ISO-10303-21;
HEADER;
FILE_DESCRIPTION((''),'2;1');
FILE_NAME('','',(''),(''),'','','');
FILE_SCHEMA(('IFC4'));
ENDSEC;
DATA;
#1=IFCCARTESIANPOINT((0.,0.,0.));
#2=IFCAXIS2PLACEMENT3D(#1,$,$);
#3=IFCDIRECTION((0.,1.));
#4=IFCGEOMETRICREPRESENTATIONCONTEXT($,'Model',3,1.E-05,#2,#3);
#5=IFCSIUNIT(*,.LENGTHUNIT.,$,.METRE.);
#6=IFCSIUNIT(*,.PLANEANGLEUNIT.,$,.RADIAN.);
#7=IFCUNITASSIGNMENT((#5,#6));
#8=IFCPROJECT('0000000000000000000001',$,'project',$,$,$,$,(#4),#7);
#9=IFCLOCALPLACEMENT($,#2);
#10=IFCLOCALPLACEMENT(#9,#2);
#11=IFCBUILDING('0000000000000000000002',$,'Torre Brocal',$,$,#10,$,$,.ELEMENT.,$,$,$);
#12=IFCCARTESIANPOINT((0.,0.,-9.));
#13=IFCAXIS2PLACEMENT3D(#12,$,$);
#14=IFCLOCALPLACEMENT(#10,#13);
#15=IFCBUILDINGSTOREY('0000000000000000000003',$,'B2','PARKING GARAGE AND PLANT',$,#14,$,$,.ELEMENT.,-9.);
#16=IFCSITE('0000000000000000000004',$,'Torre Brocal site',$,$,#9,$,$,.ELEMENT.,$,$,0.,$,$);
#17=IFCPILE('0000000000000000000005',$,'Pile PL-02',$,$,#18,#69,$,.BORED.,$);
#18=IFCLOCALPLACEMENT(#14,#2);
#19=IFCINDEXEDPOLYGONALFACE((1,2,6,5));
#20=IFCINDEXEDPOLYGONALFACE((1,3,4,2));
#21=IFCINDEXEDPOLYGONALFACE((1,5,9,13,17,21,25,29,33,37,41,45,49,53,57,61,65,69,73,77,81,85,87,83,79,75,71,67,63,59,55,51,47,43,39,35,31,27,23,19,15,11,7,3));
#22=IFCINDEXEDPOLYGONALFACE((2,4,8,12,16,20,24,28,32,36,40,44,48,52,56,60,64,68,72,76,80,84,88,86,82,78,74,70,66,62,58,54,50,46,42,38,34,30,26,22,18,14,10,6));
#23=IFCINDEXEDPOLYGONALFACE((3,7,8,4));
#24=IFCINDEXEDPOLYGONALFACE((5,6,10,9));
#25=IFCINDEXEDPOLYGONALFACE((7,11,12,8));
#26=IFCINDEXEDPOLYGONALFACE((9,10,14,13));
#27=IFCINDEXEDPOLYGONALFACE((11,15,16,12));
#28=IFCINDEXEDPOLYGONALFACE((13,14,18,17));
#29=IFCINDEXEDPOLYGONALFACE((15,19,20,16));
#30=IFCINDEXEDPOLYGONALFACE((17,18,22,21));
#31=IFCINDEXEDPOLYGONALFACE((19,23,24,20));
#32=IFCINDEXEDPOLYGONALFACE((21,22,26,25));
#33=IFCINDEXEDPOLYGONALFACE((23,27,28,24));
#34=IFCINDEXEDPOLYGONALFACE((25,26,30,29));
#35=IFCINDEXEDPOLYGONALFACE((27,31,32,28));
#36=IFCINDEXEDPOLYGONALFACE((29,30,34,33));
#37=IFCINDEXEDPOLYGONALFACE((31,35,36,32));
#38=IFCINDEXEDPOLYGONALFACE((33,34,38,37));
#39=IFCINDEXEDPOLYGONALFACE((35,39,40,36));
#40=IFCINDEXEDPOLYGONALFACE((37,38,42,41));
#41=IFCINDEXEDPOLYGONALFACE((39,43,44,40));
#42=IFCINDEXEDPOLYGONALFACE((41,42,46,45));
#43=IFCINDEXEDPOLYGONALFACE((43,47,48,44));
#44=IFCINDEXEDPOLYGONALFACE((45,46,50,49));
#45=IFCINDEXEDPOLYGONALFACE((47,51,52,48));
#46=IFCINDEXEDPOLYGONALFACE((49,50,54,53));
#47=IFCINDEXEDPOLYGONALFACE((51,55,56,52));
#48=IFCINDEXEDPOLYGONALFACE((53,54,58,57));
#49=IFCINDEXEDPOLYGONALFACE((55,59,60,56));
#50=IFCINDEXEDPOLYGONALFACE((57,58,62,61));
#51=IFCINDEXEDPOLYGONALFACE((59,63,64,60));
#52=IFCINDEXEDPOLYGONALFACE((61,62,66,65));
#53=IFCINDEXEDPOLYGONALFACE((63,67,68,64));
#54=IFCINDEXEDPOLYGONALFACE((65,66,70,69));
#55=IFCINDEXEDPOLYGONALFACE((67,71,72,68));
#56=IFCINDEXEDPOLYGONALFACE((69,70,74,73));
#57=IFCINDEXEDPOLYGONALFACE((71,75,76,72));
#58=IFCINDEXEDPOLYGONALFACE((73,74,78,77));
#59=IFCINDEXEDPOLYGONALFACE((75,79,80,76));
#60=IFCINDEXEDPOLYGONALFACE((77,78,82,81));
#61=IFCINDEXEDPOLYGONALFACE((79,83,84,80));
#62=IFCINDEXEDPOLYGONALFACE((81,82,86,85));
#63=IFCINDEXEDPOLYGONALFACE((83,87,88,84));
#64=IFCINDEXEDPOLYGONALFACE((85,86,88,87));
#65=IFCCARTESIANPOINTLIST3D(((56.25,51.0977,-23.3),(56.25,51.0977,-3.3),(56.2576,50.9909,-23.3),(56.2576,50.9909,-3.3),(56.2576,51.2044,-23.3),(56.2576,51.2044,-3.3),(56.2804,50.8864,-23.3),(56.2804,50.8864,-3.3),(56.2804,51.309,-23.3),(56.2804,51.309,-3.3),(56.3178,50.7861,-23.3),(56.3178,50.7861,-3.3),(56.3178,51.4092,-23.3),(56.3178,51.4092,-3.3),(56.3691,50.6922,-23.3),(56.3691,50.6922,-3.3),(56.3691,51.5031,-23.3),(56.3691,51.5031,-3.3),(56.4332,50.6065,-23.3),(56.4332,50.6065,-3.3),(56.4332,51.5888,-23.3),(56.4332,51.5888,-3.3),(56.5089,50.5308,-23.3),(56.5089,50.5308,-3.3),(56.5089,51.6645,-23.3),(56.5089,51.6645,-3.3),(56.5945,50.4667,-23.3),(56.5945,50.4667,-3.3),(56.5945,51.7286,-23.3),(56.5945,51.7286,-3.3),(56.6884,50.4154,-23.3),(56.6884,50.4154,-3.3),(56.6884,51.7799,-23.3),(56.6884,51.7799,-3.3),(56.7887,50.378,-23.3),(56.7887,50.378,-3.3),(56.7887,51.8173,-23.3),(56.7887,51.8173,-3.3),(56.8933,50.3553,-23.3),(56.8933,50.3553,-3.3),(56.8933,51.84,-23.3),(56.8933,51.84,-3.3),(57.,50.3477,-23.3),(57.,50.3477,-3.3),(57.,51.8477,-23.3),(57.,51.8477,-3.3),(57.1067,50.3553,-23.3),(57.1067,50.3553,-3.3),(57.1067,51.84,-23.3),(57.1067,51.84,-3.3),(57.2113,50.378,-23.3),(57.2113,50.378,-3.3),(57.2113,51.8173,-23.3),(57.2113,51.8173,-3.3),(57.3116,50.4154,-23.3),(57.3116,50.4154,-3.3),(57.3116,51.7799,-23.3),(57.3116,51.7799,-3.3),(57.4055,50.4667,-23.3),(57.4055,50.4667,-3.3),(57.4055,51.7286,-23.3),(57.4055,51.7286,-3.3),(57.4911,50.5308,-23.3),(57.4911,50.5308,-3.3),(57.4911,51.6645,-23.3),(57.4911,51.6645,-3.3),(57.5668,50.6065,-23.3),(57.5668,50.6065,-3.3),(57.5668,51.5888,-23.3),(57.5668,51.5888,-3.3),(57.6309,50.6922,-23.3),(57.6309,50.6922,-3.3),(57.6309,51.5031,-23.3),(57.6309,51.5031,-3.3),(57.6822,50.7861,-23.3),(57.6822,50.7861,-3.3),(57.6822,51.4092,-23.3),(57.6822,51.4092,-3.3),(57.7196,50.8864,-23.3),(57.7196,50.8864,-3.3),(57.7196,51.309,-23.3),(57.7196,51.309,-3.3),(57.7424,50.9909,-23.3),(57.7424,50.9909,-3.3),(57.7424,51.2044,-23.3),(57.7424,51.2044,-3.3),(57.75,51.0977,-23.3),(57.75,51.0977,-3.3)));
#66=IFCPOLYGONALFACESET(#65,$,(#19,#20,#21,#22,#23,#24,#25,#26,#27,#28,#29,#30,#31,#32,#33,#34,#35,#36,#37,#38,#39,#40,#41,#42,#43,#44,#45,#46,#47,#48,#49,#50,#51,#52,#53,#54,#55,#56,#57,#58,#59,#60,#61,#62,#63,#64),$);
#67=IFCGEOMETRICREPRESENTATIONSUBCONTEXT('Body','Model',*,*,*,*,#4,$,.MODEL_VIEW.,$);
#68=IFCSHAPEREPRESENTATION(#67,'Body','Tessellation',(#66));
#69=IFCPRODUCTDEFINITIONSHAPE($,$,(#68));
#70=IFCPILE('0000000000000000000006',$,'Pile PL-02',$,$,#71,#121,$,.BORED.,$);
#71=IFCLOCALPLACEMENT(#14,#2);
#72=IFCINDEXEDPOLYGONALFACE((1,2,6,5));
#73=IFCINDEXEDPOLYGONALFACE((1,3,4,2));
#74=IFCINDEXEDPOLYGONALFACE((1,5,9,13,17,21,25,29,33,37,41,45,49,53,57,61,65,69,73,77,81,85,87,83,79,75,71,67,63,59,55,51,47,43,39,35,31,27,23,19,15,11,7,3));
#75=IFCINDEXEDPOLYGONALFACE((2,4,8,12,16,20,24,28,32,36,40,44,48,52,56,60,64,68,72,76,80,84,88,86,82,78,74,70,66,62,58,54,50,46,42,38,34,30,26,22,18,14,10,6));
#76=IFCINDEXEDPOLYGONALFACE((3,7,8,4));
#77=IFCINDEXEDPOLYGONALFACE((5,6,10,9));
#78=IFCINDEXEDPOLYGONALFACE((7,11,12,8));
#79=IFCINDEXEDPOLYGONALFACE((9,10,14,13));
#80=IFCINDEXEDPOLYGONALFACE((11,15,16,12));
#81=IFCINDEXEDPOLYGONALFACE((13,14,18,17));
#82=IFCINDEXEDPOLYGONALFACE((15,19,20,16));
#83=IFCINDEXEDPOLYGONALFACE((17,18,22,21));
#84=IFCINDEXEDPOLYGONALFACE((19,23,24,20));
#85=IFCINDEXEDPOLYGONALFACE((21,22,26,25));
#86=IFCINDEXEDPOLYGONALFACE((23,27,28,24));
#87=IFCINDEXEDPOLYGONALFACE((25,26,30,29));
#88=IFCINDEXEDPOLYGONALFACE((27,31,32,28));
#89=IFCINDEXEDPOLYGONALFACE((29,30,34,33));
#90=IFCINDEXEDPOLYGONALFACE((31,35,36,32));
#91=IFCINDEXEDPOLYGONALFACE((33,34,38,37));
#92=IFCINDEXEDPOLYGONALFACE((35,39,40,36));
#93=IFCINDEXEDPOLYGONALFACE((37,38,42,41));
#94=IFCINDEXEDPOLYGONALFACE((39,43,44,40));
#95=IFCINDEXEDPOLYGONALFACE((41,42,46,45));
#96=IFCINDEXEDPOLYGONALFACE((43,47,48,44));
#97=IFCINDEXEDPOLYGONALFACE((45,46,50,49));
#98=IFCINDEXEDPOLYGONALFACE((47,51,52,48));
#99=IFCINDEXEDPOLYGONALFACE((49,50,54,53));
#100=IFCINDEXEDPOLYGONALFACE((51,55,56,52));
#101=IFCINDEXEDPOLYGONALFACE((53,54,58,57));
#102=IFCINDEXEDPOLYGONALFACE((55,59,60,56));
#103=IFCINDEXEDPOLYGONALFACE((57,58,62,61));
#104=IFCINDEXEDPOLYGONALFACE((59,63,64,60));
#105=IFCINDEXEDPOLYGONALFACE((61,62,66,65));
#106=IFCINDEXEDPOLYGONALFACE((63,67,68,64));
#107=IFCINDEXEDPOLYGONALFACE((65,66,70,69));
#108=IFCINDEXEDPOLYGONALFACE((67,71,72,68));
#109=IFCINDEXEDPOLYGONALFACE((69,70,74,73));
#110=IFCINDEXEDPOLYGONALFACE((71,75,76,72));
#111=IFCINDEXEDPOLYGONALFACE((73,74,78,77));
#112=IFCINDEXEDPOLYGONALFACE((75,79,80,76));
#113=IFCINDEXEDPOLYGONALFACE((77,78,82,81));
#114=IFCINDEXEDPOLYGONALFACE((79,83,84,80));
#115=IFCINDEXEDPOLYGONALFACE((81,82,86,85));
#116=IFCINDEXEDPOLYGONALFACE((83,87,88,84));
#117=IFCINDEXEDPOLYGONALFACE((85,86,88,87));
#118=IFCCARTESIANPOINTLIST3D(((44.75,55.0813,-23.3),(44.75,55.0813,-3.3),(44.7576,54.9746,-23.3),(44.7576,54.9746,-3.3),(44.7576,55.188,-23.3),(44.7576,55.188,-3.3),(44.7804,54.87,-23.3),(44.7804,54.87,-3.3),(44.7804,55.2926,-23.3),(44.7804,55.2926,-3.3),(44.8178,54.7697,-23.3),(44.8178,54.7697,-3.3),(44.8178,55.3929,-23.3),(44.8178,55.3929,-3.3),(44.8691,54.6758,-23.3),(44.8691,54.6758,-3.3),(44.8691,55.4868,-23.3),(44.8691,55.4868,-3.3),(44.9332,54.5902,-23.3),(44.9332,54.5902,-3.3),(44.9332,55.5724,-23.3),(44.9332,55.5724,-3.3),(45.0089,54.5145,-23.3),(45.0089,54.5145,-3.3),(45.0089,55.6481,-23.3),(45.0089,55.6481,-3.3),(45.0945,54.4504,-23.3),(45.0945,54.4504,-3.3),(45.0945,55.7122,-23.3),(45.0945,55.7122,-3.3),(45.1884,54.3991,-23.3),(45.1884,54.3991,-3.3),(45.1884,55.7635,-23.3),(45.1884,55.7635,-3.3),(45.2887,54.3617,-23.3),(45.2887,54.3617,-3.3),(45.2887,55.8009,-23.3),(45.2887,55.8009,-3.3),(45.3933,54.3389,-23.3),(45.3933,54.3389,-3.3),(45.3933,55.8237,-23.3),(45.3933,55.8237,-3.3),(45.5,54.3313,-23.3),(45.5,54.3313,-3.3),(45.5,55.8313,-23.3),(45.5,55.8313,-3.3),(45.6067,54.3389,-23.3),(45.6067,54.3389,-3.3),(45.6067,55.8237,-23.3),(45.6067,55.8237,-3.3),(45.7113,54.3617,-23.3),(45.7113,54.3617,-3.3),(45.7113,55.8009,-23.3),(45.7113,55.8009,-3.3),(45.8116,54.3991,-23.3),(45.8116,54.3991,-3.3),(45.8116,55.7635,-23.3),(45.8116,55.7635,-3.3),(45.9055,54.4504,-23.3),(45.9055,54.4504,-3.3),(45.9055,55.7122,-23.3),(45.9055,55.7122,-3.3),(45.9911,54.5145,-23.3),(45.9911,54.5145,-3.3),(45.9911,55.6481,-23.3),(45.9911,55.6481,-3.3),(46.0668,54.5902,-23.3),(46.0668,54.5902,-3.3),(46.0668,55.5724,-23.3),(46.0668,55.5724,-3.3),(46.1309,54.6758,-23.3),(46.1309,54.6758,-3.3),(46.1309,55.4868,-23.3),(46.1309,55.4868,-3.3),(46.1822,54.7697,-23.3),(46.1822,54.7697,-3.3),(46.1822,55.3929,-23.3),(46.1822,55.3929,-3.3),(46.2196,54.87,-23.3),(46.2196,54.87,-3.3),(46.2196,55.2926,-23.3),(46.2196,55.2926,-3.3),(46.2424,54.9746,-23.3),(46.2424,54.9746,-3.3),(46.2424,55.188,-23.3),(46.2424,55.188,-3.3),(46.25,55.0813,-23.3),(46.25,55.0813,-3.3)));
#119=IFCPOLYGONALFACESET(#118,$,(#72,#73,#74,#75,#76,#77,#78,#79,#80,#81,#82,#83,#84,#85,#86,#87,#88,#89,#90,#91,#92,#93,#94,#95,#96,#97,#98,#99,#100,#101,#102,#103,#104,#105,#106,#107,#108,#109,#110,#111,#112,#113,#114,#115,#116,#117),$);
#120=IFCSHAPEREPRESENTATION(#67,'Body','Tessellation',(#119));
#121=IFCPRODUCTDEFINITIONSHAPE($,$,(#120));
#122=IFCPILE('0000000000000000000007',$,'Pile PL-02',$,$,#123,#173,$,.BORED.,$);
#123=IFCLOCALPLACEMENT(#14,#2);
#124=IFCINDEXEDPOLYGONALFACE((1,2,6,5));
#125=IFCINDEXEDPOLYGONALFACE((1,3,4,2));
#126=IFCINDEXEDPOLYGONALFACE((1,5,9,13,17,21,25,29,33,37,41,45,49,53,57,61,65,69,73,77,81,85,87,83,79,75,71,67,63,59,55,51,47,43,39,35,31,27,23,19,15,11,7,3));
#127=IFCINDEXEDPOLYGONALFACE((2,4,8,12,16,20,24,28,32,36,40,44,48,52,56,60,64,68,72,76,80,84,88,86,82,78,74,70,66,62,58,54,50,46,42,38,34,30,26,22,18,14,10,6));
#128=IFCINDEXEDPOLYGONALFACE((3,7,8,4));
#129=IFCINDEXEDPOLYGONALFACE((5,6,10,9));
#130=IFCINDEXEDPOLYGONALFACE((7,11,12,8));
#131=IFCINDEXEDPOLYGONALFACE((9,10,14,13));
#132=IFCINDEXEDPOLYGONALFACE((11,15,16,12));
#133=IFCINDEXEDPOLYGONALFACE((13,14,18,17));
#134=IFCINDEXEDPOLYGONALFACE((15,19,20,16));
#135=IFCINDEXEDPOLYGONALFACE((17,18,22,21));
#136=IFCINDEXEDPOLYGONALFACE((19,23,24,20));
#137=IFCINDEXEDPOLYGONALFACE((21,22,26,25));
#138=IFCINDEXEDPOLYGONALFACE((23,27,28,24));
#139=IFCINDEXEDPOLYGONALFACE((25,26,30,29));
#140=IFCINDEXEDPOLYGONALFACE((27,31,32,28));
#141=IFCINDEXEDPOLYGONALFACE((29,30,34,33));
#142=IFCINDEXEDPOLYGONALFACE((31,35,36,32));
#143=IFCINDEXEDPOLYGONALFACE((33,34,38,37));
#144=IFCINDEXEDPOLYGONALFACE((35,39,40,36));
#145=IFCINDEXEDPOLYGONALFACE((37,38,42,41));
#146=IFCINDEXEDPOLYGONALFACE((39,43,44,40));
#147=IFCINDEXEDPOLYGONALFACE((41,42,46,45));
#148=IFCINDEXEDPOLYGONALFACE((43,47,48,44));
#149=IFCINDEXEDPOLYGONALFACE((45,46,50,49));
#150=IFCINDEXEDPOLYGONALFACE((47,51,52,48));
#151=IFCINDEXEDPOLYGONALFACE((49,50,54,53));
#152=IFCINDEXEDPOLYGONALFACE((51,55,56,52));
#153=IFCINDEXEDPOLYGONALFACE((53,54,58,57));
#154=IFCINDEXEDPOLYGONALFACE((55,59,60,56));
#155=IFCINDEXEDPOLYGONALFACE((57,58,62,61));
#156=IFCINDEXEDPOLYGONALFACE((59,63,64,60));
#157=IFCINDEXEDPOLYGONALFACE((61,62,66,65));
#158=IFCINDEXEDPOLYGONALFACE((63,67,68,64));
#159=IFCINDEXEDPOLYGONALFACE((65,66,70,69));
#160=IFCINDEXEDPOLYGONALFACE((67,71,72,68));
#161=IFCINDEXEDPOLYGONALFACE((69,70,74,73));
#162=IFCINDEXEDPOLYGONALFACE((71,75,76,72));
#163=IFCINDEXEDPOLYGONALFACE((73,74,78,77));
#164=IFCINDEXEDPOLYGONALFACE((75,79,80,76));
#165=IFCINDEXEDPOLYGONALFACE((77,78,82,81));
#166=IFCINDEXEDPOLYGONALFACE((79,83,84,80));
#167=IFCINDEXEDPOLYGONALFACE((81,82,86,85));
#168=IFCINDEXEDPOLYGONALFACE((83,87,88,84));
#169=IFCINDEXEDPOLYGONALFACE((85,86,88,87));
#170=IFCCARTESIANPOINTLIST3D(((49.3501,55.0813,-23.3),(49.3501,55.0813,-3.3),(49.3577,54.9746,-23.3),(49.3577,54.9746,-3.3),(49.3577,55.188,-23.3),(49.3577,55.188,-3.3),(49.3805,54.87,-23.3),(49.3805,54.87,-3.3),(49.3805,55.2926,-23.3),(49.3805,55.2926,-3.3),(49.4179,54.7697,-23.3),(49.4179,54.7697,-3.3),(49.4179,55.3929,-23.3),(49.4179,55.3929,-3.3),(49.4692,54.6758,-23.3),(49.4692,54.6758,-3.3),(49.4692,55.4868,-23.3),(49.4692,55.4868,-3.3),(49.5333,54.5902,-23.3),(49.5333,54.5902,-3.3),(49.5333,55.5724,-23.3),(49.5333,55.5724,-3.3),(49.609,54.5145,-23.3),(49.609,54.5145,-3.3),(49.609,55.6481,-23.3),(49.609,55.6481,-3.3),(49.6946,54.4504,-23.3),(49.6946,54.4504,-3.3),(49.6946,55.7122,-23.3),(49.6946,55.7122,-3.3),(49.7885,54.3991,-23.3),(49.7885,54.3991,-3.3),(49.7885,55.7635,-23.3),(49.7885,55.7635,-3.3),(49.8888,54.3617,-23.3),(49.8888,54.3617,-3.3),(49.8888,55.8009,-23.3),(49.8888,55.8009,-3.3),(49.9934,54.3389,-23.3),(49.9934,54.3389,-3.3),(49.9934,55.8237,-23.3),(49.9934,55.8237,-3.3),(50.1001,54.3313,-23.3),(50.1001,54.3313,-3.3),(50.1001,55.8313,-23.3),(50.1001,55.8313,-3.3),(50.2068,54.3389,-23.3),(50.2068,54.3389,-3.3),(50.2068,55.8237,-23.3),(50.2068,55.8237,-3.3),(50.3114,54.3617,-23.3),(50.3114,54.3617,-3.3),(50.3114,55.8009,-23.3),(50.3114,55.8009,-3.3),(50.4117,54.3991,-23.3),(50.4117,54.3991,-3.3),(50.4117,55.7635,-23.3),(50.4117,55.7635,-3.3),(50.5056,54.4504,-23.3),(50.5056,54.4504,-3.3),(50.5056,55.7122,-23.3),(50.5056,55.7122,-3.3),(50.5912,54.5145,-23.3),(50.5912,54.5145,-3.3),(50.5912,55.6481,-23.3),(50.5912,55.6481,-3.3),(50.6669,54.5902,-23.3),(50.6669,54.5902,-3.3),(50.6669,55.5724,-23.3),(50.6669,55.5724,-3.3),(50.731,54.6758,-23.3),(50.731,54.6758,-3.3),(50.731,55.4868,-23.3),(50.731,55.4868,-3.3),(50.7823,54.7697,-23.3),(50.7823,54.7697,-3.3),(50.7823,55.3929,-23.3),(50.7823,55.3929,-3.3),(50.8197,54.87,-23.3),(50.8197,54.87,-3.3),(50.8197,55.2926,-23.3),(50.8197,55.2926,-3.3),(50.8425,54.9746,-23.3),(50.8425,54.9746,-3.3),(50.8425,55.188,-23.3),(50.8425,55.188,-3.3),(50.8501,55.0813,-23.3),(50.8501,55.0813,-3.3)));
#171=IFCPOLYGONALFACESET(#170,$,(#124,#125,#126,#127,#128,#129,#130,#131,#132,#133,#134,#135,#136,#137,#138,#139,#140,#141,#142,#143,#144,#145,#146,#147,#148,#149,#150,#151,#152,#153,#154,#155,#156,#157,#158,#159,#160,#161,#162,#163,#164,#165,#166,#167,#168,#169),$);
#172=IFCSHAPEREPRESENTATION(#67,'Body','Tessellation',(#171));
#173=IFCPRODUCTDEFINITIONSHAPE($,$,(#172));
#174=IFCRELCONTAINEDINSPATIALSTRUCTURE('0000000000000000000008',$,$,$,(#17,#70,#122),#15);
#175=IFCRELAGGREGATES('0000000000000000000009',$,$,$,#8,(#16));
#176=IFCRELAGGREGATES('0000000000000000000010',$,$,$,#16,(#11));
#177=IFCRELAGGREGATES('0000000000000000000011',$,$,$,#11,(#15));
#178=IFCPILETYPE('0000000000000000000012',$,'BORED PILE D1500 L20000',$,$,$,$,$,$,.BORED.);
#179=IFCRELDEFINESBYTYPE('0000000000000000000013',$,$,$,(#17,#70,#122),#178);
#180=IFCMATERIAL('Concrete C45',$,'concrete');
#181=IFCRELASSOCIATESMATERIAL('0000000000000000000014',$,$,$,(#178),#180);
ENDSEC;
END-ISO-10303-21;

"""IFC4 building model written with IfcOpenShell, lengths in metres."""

from ifc_helpers import new_model, si_unit, direction, frame, origin, origin_2d, place, context, subcontext, project, spatial, circle, extrude, material, material_profile, profile_set, type_object, element, save


model = new_model("IFC4")

# Units and contexts
model_context = context("Model", 3, precision=1e-05, world=origin(), true_north=direction((0.0, 1.0)))
body_context = subcontext(model_context, "Body", "Model", "MODEL_VIEW")
ifc_project = project(units=[si_unit("LENGTHUNIT", "METRE"), si_unit("PLANEANGLEUNIT", "RADIAN")], contexts=[model_context])

# Site, building, storey
site_placement = place(None, origin())
site = spatial("IfcSite", under=ifc_project, at=site_placement, Name="Torre Brocal site", CompositionType="ELEMENT", RefElevation=0.0)
building_placement = place(site_placement, origin())
building = spatial("IfcBuilding", under=site, at=building_placement, Name="Torre Brocal", CompositionType="ELEMENT")
storey_placement = place(building_placement, frame((0.0, 0.0, -9.0)))
storey = spatial("IfcBuildingStorey", under=building, at=storey_placement, Name="B2", Description="PARKING GARAGE AND PLANT", CompositionType="ELEMENT", Elevation=-9.0)

# Piles
ifc_material_1 = material(Name="Concrete C45", Category="concrete")
ifc_material_profile_1 = material_profile(ifc_material_1, circle(Radius=0.75, at=origin_2d()), Name="BORED PILE D1500")
ifc_profile_set_1 = profile_set([ifc_material_profile_1], Name="Concrete C45")
pile_type = type_object("IfcPileType", Name="BORED PILE D1500 L20000", PredefinedType="BORED", material=ifc_profile_set_1)
for number, where, z_axis, x_axis, name in (
    (1, (57.0, 51.0977, -3.3), (0.0, 0.0, -1.0), (1.0, 0.0, 0.0), "Pile PL-02"),
    (2, (45.5, 55.0813, -3.3), (0.0, 0.0, -1.0), (1.0, 0.0, 0.0), "Pile PL-02"),
    (3, (50.1001, 55.0813, -3.3), (0.0, 0.0, -1.0), (1.0, 0.0, 0.0), "Pile PL-02"),
):
    element("IfcPile", number, at=place(storey_placement, frame(where, z_axis=z_axis, x_axis=x_axis)), inside=storey, type_object=pile_type, Name=name, PredefinedType="BORED", context=body_context, shape_type="SweptSolid", body=[
        extrude(circle(Radius=0.75, at=origin_2d()), origin(), (0.0, 0.0, 1.0), 20.0),
    ])

save(model, "model.ifc")
